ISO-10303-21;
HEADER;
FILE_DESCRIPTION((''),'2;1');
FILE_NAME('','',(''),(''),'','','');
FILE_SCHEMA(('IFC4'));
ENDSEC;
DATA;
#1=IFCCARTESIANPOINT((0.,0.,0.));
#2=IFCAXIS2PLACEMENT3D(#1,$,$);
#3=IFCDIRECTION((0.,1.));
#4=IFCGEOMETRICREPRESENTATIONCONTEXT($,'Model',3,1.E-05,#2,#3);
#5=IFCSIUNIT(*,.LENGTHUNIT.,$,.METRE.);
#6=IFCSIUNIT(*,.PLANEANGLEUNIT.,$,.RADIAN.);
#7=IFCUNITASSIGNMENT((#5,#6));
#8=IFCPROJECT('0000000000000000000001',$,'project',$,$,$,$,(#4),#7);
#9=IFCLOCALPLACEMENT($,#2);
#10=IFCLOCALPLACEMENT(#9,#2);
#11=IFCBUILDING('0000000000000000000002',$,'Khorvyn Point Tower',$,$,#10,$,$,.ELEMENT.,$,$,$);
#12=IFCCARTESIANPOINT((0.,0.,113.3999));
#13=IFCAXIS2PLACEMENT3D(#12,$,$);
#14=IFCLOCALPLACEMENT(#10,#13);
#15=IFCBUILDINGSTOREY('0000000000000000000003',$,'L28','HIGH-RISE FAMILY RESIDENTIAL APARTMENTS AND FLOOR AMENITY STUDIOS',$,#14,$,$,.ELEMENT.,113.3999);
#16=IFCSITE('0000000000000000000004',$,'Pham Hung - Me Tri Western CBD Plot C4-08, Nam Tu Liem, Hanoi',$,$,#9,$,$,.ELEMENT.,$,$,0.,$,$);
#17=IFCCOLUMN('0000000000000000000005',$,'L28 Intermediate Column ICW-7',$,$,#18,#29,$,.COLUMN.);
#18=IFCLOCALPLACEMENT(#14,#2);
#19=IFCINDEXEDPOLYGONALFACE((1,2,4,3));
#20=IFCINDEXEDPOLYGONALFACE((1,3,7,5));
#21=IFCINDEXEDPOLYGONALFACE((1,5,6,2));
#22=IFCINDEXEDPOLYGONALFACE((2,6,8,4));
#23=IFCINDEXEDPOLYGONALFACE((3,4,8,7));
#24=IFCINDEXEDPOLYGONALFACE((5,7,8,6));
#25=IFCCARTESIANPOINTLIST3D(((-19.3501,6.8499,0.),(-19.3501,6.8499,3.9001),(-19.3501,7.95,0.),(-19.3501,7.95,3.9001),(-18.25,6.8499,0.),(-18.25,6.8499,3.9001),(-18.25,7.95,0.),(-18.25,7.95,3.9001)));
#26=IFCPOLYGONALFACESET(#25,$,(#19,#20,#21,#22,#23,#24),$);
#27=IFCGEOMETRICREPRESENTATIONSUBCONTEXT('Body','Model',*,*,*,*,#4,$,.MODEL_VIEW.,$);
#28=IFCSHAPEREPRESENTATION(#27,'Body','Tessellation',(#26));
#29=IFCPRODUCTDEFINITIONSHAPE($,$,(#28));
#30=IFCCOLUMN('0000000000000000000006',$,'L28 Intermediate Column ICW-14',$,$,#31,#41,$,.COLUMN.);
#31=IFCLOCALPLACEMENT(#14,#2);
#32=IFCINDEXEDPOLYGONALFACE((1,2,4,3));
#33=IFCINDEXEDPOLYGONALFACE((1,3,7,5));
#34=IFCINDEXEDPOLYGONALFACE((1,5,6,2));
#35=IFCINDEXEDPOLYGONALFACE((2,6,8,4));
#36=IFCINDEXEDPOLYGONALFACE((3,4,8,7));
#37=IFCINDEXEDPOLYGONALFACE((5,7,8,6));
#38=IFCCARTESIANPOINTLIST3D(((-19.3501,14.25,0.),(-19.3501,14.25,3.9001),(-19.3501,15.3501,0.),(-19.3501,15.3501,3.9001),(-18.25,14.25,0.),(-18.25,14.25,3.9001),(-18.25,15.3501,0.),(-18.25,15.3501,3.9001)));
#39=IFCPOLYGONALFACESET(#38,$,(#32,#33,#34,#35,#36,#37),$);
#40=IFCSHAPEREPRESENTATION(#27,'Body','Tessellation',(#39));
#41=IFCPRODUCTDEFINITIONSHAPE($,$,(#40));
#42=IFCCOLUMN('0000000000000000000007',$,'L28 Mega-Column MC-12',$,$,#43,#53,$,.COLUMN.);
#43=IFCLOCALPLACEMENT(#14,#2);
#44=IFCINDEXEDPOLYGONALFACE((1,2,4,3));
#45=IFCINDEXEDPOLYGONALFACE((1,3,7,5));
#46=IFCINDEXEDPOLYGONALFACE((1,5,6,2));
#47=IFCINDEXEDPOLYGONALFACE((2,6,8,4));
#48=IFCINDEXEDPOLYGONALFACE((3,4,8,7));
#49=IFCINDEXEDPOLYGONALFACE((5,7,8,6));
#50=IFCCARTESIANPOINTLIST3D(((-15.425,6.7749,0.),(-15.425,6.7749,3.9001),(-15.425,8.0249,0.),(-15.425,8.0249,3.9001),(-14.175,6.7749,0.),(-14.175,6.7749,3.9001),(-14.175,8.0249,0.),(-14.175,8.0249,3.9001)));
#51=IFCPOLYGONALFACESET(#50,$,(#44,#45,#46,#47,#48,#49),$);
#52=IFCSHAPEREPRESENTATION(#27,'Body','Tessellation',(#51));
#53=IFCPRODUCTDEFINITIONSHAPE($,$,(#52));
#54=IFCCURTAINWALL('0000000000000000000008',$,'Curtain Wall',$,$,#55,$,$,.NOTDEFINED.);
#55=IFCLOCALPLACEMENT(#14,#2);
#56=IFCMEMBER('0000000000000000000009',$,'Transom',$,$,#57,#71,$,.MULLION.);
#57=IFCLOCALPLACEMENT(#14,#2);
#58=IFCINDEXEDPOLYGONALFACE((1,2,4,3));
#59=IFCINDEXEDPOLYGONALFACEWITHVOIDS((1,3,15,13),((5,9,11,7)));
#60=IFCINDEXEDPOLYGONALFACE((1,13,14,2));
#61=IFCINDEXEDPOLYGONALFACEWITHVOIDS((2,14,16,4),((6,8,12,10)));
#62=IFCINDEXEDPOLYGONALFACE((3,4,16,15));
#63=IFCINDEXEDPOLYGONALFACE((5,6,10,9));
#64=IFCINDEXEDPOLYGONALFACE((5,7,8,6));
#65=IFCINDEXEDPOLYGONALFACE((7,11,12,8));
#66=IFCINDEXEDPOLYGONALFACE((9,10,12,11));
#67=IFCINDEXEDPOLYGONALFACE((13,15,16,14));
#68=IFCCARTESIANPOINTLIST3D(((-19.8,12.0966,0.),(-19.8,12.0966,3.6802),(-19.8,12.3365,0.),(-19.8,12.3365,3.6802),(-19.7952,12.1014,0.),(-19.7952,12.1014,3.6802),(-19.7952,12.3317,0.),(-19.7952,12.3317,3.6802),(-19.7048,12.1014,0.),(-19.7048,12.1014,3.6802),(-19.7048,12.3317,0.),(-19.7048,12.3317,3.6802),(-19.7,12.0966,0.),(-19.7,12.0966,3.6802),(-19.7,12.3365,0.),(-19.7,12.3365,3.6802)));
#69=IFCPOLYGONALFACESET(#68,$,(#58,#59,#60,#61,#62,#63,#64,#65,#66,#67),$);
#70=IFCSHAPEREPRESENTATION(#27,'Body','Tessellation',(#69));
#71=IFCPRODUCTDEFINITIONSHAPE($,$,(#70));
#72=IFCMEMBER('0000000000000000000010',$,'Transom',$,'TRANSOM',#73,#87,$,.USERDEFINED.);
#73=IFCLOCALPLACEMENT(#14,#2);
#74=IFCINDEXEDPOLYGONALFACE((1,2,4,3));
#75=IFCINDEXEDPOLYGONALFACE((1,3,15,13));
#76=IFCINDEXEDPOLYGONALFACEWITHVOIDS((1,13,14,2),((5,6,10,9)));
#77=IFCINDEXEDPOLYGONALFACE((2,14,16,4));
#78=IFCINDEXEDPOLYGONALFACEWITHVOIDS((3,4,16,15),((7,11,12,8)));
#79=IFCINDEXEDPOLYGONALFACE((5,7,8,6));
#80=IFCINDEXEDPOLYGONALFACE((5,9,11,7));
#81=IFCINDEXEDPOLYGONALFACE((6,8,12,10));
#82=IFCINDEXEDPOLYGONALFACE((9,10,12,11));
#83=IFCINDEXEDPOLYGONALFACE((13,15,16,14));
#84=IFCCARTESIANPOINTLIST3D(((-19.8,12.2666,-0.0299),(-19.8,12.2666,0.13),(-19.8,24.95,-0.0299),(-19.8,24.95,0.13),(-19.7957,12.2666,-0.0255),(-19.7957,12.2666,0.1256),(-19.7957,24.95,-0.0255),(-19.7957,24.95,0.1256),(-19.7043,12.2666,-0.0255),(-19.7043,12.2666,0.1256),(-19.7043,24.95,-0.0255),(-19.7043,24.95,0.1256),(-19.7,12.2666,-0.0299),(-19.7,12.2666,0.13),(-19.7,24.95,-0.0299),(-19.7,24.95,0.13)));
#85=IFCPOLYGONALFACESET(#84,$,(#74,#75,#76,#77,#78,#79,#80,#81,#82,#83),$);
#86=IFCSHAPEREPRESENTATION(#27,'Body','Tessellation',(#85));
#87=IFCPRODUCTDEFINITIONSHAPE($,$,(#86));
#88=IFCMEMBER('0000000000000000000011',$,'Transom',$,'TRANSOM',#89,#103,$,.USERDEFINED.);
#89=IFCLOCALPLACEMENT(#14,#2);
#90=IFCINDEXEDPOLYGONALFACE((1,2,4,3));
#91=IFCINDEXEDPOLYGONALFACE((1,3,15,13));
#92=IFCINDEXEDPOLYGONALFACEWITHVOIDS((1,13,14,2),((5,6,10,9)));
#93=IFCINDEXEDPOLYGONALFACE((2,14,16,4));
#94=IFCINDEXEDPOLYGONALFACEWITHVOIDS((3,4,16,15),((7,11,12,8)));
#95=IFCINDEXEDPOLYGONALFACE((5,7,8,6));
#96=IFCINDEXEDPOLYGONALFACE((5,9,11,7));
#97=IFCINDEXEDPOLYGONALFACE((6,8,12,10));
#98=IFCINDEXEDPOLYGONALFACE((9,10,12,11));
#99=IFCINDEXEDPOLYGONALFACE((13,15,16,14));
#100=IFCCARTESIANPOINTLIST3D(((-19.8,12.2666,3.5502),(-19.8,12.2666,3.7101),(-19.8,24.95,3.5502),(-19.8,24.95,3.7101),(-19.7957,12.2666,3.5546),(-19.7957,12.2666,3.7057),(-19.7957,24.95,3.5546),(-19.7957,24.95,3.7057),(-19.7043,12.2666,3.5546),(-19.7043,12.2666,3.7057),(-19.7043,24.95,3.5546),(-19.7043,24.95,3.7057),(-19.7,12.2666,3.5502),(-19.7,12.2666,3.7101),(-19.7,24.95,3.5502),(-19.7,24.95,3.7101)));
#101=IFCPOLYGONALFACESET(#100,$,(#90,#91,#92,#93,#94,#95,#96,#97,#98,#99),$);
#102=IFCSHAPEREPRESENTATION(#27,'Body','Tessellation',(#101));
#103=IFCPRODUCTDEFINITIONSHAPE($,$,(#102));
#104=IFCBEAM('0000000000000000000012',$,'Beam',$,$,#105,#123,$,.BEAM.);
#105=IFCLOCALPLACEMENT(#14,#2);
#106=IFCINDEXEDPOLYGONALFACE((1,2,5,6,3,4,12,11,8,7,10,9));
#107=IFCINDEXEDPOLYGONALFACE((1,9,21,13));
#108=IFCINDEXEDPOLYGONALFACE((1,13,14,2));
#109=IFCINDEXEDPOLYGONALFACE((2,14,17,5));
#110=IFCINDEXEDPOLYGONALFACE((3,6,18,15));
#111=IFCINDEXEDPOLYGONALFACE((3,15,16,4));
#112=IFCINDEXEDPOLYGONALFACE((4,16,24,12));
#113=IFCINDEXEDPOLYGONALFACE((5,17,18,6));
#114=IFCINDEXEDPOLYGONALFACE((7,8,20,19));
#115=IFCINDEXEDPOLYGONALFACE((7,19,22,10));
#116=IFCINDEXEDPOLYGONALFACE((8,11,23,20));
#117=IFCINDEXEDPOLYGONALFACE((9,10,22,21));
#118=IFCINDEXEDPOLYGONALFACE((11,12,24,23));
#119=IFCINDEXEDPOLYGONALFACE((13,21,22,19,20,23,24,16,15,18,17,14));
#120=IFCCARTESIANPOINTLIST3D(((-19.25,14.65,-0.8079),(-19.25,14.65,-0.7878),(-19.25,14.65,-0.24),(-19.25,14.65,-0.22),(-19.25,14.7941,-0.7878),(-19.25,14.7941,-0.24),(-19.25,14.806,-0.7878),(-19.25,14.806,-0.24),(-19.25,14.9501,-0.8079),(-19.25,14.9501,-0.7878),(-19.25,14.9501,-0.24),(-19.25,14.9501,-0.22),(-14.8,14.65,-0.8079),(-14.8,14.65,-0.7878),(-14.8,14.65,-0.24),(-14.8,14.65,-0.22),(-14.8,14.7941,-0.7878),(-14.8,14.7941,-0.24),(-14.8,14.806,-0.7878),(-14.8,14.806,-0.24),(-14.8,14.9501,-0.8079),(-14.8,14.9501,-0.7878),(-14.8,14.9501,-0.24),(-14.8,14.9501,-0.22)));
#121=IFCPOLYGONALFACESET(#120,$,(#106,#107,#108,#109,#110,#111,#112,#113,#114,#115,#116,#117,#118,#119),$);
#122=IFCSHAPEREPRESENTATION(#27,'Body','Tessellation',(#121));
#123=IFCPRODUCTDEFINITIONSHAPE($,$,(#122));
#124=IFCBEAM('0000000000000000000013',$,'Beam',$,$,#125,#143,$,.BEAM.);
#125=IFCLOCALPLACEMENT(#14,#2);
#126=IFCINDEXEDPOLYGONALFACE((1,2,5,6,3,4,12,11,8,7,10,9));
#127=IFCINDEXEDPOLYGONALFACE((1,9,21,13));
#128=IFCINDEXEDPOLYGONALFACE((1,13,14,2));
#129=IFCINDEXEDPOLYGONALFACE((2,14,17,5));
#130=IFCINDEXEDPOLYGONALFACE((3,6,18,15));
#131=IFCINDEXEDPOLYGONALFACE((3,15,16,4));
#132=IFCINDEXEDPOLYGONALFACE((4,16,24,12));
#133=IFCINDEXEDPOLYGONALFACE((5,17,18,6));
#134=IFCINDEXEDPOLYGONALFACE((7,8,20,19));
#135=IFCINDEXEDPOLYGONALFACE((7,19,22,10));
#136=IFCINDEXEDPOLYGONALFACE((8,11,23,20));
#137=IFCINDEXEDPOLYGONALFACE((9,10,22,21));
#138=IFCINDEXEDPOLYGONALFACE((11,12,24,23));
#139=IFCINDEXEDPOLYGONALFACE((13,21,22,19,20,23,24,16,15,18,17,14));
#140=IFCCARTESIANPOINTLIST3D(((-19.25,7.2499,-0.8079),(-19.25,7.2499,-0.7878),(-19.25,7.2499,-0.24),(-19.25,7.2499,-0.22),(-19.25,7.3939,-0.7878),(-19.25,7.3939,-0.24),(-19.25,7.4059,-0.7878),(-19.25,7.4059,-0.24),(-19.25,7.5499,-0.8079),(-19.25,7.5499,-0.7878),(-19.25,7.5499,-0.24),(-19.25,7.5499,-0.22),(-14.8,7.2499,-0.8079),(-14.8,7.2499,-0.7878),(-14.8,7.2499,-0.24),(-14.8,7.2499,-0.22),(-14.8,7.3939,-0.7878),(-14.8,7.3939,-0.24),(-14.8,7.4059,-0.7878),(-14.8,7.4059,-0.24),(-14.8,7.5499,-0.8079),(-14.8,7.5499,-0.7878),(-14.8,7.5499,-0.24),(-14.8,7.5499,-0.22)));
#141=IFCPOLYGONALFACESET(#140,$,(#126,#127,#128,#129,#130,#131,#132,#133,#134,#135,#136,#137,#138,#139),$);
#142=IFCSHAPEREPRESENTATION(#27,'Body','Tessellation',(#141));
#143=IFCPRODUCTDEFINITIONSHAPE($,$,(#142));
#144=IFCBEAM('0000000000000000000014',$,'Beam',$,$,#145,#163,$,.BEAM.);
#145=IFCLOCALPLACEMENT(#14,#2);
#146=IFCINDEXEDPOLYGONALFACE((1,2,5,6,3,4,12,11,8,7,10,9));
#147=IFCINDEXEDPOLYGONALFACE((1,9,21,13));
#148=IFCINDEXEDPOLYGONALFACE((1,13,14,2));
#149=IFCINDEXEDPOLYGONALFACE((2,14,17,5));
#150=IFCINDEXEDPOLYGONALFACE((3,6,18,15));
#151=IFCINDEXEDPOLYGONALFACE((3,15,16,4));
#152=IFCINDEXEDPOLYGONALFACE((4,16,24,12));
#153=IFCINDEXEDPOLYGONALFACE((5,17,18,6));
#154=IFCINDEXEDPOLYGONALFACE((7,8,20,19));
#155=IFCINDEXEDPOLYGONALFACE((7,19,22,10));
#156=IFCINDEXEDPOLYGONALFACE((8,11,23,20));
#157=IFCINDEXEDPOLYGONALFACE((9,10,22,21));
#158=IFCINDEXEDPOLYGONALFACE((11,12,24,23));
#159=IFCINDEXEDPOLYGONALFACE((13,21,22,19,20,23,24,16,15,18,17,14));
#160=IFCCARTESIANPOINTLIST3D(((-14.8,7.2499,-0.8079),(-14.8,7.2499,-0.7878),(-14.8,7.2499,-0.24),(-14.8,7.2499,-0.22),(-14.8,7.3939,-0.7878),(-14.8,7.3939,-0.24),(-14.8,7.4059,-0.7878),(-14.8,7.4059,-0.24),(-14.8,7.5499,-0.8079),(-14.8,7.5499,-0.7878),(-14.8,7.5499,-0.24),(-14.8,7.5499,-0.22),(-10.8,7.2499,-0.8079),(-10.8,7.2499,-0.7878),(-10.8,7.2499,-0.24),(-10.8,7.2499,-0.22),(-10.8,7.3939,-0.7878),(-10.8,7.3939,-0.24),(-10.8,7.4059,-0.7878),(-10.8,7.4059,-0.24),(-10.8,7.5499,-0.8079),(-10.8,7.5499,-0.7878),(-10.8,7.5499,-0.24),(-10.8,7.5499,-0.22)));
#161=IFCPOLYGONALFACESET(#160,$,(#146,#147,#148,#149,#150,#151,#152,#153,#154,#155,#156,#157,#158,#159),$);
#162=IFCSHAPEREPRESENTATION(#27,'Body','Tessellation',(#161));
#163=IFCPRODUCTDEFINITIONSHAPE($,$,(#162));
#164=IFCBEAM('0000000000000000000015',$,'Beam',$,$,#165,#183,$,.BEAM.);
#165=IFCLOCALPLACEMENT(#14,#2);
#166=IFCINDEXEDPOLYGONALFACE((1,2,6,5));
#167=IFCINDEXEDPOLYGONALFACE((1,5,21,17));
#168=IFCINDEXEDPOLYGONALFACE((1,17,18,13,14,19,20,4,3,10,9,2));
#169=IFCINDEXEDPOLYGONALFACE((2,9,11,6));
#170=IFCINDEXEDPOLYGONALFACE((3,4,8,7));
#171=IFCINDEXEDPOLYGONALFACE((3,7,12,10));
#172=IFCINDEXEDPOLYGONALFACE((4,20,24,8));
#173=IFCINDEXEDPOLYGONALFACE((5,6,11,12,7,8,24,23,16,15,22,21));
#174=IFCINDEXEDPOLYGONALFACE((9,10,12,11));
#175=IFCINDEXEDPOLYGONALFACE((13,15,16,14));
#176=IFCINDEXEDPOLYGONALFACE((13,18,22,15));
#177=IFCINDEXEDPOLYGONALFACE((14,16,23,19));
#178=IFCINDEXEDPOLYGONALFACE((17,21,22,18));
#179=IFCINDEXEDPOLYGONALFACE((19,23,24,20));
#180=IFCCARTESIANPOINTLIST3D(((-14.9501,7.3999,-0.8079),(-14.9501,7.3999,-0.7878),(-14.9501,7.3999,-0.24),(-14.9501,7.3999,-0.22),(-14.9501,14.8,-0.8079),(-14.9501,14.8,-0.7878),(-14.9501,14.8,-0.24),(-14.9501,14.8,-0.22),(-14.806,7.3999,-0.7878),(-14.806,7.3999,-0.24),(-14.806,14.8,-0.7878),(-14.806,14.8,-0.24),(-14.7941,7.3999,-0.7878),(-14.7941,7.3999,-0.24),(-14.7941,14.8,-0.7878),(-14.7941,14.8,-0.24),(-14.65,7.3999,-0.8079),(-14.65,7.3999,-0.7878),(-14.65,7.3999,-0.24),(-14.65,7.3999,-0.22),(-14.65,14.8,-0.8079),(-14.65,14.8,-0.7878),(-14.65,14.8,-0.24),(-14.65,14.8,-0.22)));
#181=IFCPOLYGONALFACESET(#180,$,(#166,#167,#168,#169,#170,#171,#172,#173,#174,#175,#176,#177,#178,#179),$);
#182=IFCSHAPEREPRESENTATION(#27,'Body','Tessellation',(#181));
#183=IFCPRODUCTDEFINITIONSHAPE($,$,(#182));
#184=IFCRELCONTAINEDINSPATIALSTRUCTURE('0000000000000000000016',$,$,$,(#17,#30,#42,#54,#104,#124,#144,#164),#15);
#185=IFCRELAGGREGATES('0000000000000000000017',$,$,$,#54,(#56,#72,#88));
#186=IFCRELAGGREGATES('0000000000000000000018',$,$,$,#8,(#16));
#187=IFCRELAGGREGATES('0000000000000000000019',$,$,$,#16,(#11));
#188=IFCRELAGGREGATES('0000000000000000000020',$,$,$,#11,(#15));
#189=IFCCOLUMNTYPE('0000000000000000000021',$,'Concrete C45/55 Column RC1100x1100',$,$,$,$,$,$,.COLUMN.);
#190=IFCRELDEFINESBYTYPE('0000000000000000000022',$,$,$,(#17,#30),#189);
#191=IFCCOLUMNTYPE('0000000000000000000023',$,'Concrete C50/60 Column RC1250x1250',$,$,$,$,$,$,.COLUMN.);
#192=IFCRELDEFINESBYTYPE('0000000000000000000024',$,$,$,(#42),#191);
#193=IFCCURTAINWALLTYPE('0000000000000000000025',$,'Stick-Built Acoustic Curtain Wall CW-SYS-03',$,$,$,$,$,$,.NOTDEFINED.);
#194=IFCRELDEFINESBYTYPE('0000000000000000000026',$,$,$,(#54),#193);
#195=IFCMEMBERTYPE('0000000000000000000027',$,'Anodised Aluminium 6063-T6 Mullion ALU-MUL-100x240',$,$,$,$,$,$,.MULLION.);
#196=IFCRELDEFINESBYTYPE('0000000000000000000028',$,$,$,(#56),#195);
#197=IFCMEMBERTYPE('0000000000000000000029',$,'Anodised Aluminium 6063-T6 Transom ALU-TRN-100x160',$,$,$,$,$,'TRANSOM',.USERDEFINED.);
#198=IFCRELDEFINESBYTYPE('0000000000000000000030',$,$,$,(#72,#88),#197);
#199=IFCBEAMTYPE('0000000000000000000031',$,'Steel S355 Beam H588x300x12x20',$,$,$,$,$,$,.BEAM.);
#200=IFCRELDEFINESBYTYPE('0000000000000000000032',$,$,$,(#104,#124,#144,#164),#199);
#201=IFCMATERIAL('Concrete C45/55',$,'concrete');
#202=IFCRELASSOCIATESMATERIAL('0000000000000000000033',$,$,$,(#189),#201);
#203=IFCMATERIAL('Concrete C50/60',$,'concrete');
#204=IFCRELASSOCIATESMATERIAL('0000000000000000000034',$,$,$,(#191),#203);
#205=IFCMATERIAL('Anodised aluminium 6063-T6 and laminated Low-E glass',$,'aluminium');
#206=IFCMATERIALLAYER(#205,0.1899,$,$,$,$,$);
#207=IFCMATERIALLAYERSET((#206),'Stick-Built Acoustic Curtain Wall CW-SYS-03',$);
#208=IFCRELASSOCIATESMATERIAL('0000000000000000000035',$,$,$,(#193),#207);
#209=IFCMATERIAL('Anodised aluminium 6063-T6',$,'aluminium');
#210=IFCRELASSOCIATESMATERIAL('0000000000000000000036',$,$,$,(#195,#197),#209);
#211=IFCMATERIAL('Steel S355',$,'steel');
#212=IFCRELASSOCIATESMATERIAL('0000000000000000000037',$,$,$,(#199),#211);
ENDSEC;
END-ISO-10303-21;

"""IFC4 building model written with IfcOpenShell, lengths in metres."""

from ifc_helpers import new_model, si_unit, direction, frame, origin, origin_2d, place, context, subcontext, project, spatial, rectangle, hollow_rectangle, i_section, extrude, material, layer, layer_set, material_profile, profile_set, type_object, element, aggregate, save


model = new_model("IFC4")

# Units and contexts
model_context = context("Model", 3, precision=1e-05, world=origin(), true_north=direction((0.0, 1.0)))
body_context = subcontext(model_context, "Body", "Model", "MODEL_VIEW")
ifc_project = project(units=[si_unit("LENGTHUNIT", "METRE"), si_unit("PLANEANGLEUNIT", "RADIAN")], contexts=[model_context])

# Site, building, storey
site_placement = place(None, origin())
site = spatial("IfcSite", under=ifc_project, at=site_placement, Name="Pham Hung - Me Tri Western CBD Plot C4-08, Nam Tu Liem, Hanoi", CompositionType="ELEMENT", RefElevation=0.0)
building_placement = place(site_placement, origin())
building = spatial("IfcBuilding", under=site, at=building_placement, Name="Khorvyn Point Tower", CompositionType="ELEMENT")
storey_placement = place(building_placement, frame((0.0, 0.0, 113.3999)))
storey = spatial("IfcBuildingStorey", under=building, at=storey_placement, Name="L28", Description="HIGH-RISE FAMILY RESIDENTIAL APARTMENTS AND FLOOR AMENITY STUDIOS", CompositionType="ELEMENT", Elevation=113.3999)

# Columns
ifc_material_1 = material(Name="Concrete C45/55", Category="concrete")
ifc_material_profile_1 = material_profile(ifc_material_1, rectangle(XDim=1.1001, YDim=1.1001, at=origin_2d()))
ifc_profile_set_1 = profile_set([ifc_material_profile_1], Name="Concrete C45/55 RC1100x1100")
column_type_1 = type_object("IfcColumnType", Name="Concrete C45/55 Column RC1100x1100", PredefinedType="COLUMN", material=ifc_profile_set_1)
for number, where, z_axis, x_axis, name in (
    (1, (-18.8, 7.3999, 0.0), (0.0, 0.0, 1.0), (1.0, 0.0, 0.0), "L28 Intermediate Column ICW-7"),
    (2, (-18.8, 14.8, 0.0), (0.0, 0.0, 1.0), (1.0, 0.0, 0.0), "L28 Intermediate Column ICW-14"),
):
    element("IfcColumn", number, at=place(storey_placement, frame(where, z_axis=z_axis, x_axis=x_axis)), inside=storey, type_object=column_type_1, Name=name, PredefinedType="COLUMN", context=body_context, shape_type="SweptSolid", body=[
        extrude(rectangle(XDim=1.1001, YDim=1.1001, at=origin_2d()), origin(), (0.0, 0.0, 1.0), 3.9001),
    ])
ifc_material_2 = material(Name="Concrete C50/60", Category="concrete")
ifc_material_profile_2 = material_profile(ifc_material_2, rectangle(XDim=1.25, YDim=1.25, at=origin_2d()))
ifc_profile_set_2 = profile_set([ifc_material_profile_2], Name="Concrete C50/60 RC1250x1250")
column_type_2 = type_object("IfcColumnType", Name="Concrete C50/60 Column RC1250x1250", PredefinedType="COLUMN", material=ifc_profile_set_2)
column_placement = place(storey_placement, frame((-14.8, 7.3999, 0.0), z_axis=(0.0, 0.0, 1.0), x_axis=(1.0, 0.0, 0.0)))
element("IfcColumn", 3, at=column_placement, inside=storey, type_object=column_type_2, Name="L28 Mega-Column MC-12", PredefinedType="COLUMN", context=body_context, shape_type="SweptSolid", body=[
    extrude(rectangle(XDim=1.25, YDim=1.25, at=origin_2d()), origin(), (0.0, 0.0, 1.0), 3.9001),
])

# Curtain wall, members
ifc_material_3 = material(Name="Anodised aluminium 6063-T6 and laminated Low-E glass", Category="aluminium")
ifc_layer_1 = layer(ifc_material_3, 0.1899)
ifc_layer_set_1 = layer_set([ifc_layer_1], Name="Stick-Built Acoustic Curtain Wall CW-SYS-03")
curtain_wall_type = type_object("IfcCurtainWallType", Name="Stick-Built Acoustic Curtain Wall CW-SYS-03", PredefinedType="NOTDEFINED", material=ifc_layer_set_1)
curtain_wall_placement = place(storey_placement, origin())
curtain_wall = element("IfcCurtainWall", 4, at=curtain_wall_placement, inside=storey, type_object=curtain_wall_type, Name="Curtain Wall", PredefinedType="NOTDEFINED")
ifc_material_4 = material(Name="Anodised aluminium 6063-T6", Category="aluminium")
ifc_material_profile_3 = material_profile(ifc_material_4, hollow_rectangle(XDim=0.1001, YDim=0.24, WallThickness=0.0049, at=origin_2d()))
ifc_profile_set_3 = profile_set([ifc_material_profile_3], Name="Anodised aluminium 6063-T6 ALU-MUL-100x240")
member_type_1 = type_object("IfcMemberType", Name="Anodised Aluminium 6063-T6 Mullion ALU-MUL-100x240", PredefinedType="MULLION", material=ifc_profile_set_3)
member_1_placement = place(storey_placement, frame((-19.75, 12.2166, 0.0), z_axis=(0.0, 0.0, 1.0), x_axis=(-1.0, 0.0, 0.0)))
member_1 = element("IfcMember", 5, at=member_1_placement, type_object=member_type_1, Name="Transom", PredefinedType="MULLION", context=body_context, shape_type="SweptSolid", body=[
    extrude(hollow_rectangle(XDim=0.1001, YDim=0.24, WallThickness=0.0049, at=origin_2d()), origin(), (0.0, 0.0, 1.0), 3.6802),
])
ifc_material_profile_4 = material_profile(ifc_material_4, hollow_rectangle(XDim=0.1001, YDim=0.1599, WallThickness=0.0044, at=origin_2d()))
ifc_profile_set_4 = profile_set([ifc_material_profile_4], Name="Anodised aluminium 6063-T6 ALU-TRN-100x160")
member_type_2 = type_object("IfcMemberType", Name="Anodised Aluminium 6063-T6 Transom ALU-TRN-100x160", ElementType="TRANSOM", PredefinedType="USERDEFINED", material=ifc_profile_set_4)
member_2_placement = place(storey_placement, frame((-19.75, 12.2666, 0.05), z_axis=(0.0, 1.0, 0.0), x_axis=(-1.0, 0.0, 0.0)))
member_2 = element("IfcMember", 6, at=member_2_placement, type_object=member_type_2, Name="Transom", ObjectType="TRANSOM", PredefinedType="USERDEFINED", context=body_context, shape_type="SweptSolid", body=[
    extrude(hollow_rectangle(XDim=0.1001, YDim=0.1599, WallThickness=0.0044, at=origin_2d()), origin(), (0.0, 0.0, 1.0), 12.6833),
])
member_3_placement = place(storey_placement, frame((-19.75, 12.2666, 3.6301), z_axis=(0.0, 1.0, 0.0), x_axis=(-1.0, 0.0, 0.0)))
member_3 = element("IfcMember", 7, at=member_3_placement, type_object=member_type_2, Name="Transom", ObjectType="TRANSOM", PredefinedType="USERDEFINED", context=body_context, shape_type="SweptSolid", body=[
    extrude(hollow_rectangle(XDim=0.1001, YDim=0.1599, WallThickness=0.0044, at=origin_2d()), origin(), (0.0, 0.0, 1.0), 12.6833),
])

# Beams
ifc_material_5 = material(Name="Steel S355", Category="steel")
ifc_material_profile_5 = material_profile(ifc_material_5, i_section(OverallWidth=0.3, OverallDepth=0.5879, WebThickness=0.012, FlangeThickness=0.02, at=origin_2d()))
ifc_profile_set_5 = profile_set([ifc_material_profile_5], Name="Steel S355 H588x300x12x20")
beam_type_1 = type_object("IfcBeamType", Name="Steel S355 Beam H588x300x12x20", PredefinedType="BEAM", material=ifc_profile_set_5)
for number, where, z_axis, x_axis, name in (
    (8, (-19.25, 14.8, -0.5139), (1.0, 0.0, 0.0), (0.0, 1.0, 0.0), "Beam"),
    (9, (-19.25, 7.3999, -0.5139), (1.0, 0.0, 0.0), (0.0, 1.0, 0.0), "Beam"),
):
    element("IfcBeam", number, at=place(storey_placement, frame(where, z_axis=z_axis, x_axis=x_axis)), inside=storey, type_object=beam_type_1, Name=name, PredefinedType="BEAM", context=body_context, shape_type="SweptSolid", body=[
        extrude(i_section(OverallWidth=0.3, OverallDepth=0.5879, WebThickness=0.012, FlangeThickness=0.02, at=origin_2d()), origin(), (0.0, 0.0, 1.0), 4.45),
    ])
beam_1_placement = place(storey_placement, frame((-14.8, 7.3999, -0.5139), z_axis=(1.0, 0.0, 0.0), x_axis=(0.0, 1.0, 0.0)))
element("IfcBeam", 10, at=beam_1_placement, inside=storey, type_object=beam_type_1, Name="Beam", PredefinedType="BEAM", context=body_context, shape_type="SweptSolid", body=[
    extrude(i_section(OverallWidth=0.3, OverallDepth=0.5879, WebThickness=0.012, FlangeThickness=0.02, at=origin_2d()), origin(), (0.0, 0.0, 1.0), 4.0),
])
for number, where, z_axis, x_axis, name in (
    (11, (-14.8, 7.3999, -0.5139), (0.0, 1.0, 0.0), (-1.0, 0.0, 0.0), "Beam"),
):
    element("IfcBeam", number, at=place(storey_placement, frame(where, z_axis=z_axis, x_axis=x_axis)), inside=storey, type_object=beam_type_1, Name=name, PredefinedType="BEAM", context=body_context, shape_type="SweptSolid", body=[
        extrude(i_section(OverallWidth=0.3, OverallDepth=0.5879, WebThickness=0.012, FlangeThickness=0.02, at=origin_2d()), origin(), (0.0, 0.0, 1.0), 7.4001),
    ])

aggregate(curtain_wall, [member_1, member_2, member_3])

save(model, "model.ifc")
